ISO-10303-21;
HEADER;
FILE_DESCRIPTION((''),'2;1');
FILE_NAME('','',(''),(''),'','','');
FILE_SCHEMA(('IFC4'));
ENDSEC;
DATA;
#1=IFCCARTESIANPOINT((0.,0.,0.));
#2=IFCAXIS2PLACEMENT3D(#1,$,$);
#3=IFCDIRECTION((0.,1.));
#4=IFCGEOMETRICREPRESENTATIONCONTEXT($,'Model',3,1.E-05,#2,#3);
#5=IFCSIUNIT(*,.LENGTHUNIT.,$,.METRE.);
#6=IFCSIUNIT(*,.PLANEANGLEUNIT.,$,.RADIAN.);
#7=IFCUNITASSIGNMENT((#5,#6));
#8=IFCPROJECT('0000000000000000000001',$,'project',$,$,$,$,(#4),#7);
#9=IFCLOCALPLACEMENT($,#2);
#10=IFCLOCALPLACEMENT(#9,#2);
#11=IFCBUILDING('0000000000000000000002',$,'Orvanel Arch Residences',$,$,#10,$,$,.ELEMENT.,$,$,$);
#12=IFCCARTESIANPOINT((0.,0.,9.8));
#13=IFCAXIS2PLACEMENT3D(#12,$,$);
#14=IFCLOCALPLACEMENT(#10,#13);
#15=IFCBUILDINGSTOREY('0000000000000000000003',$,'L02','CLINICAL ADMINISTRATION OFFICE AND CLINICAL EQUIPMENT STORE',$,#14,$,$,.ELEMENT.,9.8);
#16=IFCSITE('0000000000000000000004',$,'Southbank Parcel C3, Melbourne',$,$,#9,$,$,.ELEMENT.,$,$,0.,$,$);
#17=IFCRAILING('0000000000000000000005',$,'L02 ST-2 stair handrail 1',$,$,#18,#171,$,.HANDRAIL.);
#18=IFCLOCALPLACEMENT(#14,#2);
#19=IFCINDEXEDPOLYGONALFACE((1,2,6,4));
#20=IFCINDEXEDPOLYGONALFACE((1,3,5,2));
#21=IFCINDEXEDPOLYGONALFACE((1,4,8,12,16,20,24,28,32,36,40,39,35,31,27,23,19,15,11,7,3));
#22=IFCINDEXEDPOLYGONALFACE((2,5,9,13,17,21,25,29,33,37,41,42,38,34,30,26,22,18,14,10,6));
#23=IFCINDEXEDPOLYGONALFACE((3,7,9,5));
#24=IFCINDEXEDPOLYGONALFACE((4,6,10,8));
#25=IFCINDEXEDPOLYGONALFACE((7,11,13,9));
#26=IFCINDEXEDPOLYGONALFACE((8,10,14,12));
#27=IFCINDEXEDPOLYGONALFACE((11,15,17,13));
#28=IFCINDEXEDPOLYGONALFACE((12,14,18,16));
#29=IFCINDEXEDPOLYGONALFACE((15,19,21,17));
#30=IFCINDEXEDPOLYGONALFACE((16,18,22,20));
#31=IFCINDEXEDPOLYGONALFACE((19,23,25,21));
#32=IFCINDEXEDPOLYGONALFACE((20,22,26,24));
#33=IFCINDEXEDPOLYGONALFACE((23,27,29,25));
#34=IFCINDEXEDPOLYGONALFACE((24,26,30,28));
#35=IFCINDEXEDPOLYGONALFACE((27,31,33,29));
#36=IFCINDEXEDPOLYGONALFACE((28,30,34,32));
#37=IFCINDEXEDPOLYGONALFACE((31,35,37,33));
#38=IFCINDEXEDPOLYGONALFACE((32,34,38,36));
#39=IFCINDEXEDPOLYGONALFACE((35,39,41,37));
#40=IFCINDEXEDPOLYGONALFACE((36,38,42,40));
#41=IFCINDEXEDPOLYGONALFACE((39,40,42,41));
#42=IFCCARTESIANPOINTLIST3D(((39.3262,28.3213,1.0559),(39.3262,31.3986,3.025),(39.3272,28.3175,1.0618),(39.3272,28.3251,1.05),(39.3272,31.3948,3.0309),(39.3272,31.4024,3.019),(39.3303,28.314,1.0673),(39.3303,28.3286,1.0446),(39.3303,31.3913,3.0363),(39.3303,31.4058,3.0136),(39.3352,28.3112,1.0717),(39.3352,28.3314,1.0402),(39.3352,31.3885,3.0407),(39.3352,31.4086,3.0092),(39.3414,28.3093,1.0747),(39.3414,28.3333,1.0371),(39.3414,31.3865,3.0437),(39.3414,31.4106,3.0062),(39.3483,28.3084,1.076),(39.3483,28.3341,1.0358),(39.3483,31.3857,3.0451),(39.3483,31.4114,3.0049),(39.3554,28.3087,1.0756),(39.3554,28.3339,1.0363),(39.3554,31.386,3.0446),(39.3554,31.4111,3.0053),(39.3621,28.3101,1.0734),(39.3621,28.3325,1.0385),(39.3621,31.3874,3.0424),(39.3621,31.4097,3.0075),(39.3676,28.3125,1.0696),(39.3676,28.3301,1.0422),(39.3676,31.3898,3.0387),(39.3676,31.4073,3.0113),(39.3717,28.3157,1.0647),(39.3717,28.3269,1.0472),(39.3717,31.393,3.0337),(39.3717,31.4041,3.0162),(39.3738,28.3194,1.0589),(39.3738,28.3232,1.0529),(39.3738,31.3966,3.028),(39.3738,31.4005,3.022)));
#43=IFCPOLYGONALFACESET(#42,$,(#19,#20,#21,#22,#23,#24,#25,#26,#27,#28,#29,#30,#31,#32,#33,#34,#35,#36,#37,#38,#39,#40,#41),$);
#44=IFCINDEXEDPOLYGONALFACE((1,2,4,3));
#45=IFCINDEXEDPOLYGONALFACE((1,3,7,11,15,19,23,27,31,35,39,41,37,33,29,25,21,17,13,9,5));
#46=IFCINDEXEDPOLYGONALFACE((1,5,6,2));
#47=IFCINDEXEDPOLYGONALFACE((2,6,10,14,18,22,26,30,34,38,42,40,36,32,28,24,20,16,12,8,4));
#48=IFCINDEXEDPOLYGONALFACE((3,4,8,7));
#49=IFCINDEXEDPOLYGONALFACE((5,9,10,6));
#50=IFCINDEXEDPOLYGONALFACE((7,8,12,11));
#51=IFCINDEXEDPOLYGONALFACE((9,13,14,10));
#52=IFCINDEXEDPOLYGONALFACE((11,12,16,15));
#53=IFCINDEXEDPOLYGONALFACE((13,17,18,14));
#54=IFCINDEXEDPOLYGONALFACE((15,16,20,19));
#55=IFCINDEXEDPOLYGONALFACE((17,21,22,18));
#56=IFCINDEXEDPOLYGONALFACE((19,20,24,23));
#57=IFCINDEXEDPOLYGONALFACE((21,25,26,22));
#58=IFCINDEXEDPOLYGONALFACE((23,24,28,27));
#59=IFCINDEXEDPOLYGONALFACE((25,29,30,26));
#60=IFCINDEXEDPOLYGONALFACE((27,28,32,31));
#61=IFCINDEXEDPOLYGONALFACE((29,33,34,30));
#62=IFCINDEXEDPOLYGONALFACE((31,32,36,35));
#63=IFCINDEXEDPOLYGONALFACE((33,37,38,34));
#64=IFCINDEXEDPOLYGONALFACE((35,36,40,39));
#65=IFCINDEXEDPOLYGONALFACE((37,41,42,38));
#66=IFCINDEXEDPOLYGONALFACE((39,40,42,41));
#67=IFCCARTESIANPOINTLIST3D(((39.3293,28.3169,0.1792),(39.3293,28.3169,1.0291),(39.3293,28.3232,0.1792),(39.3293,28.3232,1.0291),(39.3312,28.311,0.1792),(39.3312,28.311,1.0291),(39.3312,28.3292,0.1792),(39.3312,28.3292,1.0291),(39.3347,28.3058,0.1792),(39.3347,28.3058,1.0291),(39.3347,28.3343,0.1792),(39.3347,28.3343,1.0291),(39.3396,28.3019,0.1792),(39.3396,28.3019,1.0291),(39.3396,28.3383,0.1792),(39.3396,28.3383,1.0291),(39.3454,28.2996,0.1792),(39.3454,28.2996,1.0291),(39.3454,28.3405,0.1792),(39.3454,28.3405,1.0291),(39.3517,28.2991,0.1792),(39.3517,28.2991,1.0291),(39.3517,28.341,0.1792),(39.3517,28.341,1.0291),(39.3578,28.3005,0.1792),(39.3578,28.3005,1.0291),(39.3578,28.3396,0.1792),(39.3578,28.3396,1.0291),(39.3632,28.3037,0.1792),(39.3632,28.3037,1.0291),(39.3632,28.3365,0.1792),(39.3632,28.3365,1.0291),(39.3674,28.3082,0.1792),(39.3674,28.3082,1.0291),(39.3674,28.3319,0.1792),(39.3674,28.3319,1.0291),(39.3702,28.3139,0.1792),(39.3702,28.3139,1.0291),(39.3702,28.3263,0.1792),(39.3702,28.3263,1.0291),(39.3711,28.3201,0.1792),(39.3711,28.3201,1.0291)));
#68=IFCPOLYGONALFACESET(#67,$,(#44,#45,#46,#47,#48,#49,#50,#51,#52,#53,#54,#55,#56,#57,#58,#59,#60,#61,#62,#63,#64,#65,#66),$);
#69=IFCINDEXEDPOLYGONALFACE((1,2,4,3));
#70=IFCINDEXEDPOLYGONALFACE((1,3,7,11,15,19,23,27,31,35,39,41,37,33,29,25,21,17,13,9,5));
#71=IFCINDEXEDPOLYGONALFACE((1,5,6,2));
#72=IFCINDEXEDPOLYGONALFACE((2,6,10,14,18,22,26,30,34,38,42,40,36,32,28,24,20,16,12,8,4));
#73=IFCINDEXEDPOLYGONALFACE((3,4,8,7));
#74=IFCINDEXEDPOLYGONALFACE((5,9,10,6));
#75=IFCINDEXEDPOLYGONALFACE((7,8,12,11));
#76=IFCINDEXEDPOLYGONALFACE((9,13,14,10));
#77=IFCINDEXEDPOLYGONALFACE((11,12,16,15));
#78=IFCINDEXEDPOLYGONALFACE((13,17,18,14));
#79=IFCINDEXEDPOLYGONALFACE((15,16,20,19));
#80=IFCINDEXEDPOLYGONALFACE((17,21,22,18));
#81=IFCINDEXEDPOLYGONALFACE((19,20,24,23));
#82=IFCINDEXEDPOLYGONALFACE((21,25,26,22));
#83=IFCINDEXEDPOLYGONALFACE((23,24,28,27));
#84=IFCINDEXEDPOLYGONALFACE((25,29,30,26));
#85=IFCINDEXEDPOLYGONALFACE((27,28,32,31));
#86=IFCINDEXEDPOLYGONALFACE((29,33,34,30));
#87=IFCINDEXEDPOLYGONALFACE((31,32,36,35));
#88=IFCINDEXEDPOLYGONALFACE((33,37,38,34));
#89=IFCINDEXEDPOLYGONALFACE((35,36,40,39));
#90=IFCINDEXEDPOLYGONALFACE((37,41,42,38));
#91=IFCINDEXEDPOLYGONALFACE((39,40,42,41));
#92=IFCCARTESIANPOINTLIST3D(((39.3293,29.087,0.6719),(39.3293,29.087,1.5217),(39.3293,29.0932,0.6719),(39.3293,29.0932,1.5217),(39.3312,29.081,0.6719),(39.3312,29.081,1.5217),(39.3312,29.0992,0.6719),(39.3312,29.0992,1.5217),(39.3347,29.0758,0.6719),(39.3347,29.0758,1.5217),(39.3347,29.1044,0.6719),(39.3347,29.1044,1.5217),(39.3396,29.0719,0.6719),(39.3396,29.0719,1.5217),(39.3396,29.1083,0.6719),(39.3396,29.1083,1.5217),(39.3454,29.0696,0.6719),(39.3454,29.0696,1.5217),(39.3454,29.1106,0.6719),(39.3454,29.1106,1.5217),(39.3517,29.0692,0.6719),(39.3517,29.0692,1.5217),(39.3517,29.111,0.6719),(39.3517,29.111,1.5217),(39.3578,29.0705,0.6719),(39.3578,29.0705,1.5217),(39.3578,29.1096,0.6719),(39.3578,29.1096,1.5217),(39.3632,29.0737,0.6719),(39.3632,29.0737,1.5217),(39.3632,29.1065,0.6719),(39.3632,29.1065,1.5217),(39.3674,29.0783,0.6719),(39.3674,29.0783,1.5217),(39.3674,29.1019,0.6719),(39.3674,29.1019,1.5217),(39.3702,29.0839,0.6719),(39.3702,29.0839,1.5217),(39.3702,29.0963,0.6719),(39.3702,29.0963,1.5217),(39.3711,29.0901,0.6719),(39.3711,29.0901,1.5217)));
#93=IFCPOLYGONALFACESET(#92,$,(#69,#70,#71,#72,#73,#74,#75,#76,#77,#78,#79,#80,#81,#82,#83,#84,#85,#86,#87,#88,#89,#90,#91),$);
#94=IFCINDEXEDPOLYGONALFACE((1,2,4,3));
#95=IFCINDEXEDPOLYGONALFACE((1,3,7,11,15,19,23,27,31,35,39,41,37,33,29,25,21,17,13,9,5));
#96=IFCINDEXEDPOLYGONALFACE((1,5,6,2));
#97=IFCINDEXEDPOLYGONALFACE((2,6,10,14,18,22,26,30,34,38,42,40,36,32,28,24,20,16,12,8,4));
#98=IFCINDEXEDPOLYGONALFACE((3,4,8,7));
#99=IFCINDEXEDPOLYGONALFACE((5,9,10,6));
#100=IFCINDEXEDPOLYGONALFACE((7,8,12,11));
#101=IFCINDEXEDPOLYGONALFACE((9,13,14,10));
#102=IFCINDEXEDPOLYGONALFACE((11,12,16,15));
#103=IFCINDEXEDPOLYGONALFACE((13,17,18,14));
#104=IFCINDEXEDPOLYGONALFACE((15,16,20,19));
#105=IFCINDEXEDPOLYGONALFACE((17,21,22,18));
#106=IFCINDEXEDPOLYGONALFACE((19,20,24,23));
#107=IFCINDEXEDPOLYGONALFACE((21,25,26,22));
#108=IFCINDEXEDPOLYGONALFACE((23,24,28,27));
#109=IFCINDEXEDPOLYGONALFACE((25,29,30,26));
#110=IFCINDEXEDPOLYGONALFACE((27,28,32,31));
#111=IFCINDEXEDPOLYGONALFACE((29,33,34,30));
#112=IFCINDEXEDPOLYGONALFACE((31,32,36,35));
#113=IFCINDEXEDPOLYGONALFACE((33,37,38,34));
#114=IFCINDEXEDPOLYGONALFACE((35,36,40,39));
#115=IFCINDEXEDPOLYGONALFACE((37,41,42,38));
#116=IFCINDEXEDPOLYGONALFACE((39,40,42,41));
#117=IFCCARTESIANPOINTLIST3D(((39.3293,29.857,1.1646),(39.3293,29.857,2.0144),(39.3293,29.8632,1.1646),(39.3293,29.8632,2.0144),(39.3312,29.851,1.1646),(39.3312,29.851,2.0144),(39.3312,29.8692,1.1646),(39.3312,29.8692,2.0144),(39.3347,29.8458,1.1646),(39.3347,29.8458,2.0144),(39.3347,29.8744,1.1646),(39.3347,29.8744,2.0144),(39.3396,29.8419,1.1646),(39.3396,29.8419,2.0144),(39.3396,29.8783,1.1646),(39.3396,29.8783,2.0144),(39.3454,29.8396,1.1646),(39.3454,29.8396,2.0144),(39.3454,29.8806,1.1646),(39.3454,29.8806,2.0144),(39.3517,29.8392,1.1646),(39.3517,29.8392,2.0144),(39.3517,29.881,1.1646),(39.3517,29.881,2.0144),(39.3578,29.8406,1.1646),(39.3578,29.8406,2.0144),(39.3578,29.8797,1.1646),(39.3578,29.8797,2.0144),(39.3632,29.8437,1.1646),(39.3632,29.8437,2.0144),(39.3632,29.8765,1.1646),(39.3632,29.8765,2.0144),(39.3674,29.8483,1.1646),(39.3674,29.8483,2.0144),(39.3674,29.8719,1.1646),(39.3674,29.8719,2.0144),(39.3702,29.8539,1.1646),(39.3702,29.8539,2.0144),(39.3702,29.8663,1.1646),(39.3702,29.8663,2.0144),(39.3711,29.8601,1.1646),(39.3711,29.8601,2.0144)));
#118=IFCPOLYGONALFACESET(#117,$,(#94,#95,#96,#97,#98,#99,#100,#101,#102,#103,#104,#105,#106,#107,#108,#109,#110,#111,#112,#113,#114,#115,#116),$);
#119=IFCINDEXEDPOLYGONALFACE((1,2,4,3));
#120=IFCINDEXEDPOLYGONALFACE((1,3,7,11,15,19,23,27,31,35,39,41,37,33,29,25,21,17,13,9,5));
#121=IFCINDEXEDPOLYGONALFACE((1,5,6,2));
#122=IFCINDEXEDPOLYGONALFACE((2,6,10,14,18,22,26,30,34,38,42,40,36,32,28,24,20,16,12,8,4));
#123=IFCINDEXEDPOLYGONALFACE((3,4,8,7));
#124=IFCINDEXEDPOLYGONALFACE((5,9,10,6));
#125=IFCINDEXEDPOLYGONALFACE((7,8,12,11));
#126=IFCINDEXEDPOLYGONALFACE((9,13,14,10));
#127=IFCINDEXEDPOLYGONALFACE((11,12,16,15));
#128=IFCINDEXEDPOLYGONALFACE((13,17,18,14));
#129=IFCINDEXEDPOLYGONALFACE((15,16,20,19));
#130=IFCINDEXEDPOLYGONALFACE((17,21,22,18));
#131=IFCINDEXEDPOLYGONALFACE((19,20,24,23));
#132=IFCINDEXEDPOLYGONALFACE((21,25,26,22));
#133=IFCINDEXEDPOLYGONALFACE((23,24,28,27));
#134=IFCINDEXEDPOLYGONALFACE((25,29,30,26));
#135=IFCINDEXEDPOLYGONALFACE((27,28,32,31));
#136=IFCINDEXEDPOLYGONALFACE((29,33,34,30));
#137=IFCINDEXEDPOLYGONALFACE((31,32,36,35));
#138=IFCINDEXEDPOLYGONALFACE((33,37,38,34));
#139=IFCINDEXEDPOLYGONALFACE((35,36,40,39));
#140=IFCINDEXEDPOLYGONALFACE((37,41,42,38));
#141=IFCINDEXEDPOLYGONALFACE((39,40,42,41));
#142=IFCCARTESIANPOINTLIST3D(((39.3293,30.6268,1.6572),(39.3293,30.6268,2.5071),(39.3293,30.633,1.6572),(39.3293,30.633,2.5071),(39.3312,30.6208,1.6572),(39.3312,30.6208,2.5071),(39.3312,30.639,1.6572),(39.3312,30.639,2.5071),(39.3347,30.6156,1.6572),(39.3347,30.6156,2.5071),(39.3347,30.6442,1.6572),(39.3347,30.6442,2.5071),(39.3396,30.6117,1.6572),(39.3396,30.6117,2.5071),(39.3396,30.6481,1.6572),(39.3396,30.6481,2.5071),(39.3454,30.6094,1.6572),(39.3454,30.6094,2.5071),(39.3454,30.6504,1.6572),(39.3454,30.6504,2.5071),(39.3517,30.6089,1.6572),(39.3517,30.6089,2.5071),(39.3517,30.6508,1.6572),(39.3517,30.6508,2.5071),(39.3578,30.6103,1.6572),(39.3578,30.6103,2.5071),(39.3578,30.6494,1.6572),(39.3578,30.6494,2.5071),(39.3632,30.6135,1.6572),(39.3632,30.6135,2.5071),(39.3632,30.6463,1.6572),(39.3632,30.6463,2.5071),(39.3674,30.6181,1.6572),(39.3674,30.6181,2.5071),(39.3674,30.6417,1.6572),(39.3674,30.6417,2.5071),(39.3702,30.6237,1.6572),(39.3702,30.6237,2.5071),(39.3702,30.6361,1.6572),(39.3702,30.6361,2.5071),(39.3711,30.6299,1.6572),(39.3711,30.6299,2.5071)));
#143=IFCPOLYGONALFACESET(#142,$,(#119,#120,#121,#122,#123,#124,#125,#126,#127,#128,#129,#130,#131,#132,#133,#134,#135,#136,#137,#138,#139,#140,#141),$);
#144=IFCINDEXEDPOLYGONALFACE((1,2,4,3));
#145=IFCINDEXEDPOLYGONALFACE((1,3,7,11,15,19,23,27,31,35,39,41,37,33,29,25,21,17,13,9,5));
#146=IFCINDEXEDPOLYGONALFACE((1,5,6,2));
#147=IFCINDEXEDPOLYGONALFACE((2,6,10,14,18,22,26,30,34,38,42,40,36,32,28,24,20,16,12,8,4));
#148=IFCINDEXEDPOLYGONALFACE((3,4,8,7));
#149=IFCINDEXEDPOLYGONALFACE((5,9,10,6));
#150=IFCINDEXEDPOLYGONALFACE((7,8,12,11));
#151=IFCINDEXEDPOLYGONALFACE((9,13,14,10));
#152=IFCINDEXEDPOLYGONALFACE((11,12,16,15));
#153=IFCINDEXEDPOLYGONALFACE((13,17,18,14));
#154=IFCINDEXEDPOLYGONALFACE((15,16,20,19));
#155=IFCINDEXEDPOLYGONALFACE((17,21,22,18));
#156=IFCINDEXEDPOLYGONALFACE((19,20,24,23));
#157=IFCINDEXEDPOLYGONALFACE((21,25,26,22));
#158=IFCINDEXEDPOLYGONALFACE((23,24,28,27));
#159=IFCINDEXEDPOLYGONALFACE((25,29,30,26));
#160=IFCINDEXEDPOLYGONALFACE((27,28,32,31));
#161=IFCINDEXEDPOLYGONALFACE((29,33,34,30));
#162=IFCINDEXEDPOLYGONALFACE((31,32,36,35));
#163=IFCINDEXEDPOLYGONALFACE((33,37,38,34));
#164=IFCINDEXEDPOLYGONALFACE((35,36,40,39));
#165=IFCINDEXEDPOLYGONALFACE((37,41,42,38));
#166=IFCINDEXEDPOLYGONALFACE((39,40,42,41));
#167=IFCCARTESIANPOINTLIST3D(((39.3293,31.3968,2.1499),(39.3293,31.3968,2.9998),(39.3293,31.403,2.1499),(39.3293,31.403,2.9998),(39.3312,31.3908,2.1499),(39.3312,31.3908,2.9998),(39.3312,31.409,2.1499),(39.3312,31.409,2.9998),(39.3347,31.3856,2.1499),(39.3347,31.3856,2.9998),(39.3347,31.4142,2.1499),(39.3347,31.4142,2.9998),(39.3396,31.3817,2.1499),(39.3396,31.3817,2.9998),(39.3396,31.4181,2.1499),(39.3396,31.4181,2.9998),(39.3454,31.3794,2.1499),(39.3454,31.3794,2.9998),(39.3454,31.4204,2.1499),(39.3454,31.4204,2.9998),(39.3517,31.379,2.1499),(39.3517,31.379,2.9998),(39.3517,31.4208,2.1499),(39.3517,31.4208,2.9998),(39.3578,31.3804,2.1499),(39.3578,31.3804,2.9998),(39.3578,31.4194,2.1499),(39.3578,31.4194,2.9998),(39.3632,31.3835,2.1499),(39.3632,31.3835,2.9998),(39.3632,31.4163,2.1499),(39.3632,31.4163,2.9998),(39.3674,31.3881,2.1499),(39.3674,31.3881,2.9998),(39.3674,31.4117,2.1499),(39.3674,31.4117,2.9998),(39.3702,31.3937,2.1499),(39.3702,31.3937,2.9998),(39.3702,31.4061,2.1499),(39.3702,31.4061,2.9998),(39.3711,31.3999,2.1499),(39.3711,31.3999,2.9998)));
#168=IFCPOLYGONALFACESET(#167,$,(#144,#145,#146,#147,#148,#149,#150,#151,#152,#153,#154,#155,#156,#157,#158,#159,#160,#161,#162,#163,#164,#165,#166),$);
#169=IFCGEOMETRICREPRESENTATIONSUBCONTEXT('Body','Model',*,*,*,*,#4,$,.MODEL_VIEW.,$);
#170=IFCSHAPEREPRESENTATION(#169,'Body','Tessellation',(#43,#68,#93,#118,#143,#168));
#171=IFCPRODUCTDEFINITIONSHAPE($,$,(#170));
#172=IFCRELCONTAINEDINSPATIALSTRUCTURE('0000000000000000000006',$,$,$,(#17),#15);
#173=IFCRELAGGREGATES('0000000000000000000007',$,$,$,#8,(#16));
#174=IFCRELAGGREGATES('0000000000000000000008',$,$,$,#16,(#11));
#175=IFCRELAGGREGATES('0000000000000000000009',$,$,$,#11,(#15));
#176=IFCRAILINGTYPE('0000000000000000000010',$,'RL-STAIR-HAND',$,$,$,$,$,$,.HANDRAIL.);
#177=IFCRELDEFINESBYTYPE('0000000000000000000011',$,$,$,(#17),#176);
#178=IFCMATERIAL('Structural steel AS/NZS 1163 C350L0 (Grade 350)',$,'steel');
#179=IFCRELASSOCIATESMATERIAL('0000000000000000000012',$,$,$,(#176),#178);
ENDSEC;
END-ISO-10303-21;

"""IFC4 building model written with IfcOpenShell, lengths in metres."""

from ifc_helpers import new_model, si_unit, direction, frame, origin, origin_2d, place, context, subcontext, project, spatial, circle, extrude, material, type_object, element, save


model = new_model("IFC4")

# Units and contexts
model_context = context("Model", 3, precision=1e-05, world=origin(), true_north=direction((0.0, 1.0)))
body_context = subcontext(model_context, "Body", "Model", "MODEL_VIEW")
ifc_project = project(units=[si_unit("LENGTHUNIT", "METRE"), si_unit("PLANEANGLEUNIT", "RADIAN")], contexts=[model_context])

# Site, building, storey
site_placement = place(None, origin())
site = spatial("IfcSite", under=ifc_project, at=site_placement, Name="Southbank Parcel C3, Melbourne", CompositionType="ELEMENT", RefElevation=0.0)
building_placement = place(site_placement, origin())
building = spatial("IfcBuilding", under=site, at=building_placement, Name="Orvanel Arch Residences", CompositionType="ELEMENT")
storey_placement = place(building_placement, frame((0.0, 0.0, 9.8)))
storey = spatial("IfcBuildingStorey", under=building, at=storey_placement, Name="L02", Description="CLINICAL ADMINISTRATION OFFICE AND CLINICAL EQUIPMENT STORE", CompositionType="ELEMENT", Elevation=9.8)

# Shared definitions
ifc_material_1 = material(Name="Structural steel AS/NZS 1163 C350L0 (Grade 350)", Category="steel")

# Railing
railing_type_1 = type_object("IfcRailingType", Name="RL-STAIR-HAND", PredefinedType="HANDRAIL", material=ifc_material_1)
railing_1_placement = place(storey_placement, frame((39.3501, 28.3201, 0.1792)))
element("IfcRailing", 1, at=railing_1_placement, inside=storey, type_object=railing_type_1, Name="L02 ST-2 stair handrail 1", PredefinedType="HANDRAIL", context=body_context, shape_type="SweptSolid", body=[
    extrude(circle(Radius=0.0239, at=origin_2d()), frame((0.0, 0.0012, 0.8767), z_axis=(0.0, 0.84232, 0.538978), x_axis=(-1.0, 0.0, 0.0)), (0.0, 0.0, 1.0), 3.6533),
    extrude(circle(Radius=0.021, at=origin_2d()), origin(), (0.0, 0.0, 1.0), 0.8499),
    extrude(circle(Radius=0.021, at=origin_2d()), frame((0.0, 0.77, 0.4927)), (0.0, 0.0, 1.0), 0.8499),
    extrude(circle(Radius=0.021, at=origin_2d()), frame((0.0, 1.54, 0.9854)), (0.0, 0.0, 1.0), 0.8499),
    extrude(circle(Radius=0.021, at=origin_2d()), frame((0.0, 2.3098, 1.478)), (0.0, 0.0, 1.0), 0.8499),
    extrude(circle(Radius=0.021, at=origin_2d()), frame((0.0, 3.0798, 1.9707)), (0.0, 0.0, 1.0), 0.8499),
])

save(model, "model.ifc")
